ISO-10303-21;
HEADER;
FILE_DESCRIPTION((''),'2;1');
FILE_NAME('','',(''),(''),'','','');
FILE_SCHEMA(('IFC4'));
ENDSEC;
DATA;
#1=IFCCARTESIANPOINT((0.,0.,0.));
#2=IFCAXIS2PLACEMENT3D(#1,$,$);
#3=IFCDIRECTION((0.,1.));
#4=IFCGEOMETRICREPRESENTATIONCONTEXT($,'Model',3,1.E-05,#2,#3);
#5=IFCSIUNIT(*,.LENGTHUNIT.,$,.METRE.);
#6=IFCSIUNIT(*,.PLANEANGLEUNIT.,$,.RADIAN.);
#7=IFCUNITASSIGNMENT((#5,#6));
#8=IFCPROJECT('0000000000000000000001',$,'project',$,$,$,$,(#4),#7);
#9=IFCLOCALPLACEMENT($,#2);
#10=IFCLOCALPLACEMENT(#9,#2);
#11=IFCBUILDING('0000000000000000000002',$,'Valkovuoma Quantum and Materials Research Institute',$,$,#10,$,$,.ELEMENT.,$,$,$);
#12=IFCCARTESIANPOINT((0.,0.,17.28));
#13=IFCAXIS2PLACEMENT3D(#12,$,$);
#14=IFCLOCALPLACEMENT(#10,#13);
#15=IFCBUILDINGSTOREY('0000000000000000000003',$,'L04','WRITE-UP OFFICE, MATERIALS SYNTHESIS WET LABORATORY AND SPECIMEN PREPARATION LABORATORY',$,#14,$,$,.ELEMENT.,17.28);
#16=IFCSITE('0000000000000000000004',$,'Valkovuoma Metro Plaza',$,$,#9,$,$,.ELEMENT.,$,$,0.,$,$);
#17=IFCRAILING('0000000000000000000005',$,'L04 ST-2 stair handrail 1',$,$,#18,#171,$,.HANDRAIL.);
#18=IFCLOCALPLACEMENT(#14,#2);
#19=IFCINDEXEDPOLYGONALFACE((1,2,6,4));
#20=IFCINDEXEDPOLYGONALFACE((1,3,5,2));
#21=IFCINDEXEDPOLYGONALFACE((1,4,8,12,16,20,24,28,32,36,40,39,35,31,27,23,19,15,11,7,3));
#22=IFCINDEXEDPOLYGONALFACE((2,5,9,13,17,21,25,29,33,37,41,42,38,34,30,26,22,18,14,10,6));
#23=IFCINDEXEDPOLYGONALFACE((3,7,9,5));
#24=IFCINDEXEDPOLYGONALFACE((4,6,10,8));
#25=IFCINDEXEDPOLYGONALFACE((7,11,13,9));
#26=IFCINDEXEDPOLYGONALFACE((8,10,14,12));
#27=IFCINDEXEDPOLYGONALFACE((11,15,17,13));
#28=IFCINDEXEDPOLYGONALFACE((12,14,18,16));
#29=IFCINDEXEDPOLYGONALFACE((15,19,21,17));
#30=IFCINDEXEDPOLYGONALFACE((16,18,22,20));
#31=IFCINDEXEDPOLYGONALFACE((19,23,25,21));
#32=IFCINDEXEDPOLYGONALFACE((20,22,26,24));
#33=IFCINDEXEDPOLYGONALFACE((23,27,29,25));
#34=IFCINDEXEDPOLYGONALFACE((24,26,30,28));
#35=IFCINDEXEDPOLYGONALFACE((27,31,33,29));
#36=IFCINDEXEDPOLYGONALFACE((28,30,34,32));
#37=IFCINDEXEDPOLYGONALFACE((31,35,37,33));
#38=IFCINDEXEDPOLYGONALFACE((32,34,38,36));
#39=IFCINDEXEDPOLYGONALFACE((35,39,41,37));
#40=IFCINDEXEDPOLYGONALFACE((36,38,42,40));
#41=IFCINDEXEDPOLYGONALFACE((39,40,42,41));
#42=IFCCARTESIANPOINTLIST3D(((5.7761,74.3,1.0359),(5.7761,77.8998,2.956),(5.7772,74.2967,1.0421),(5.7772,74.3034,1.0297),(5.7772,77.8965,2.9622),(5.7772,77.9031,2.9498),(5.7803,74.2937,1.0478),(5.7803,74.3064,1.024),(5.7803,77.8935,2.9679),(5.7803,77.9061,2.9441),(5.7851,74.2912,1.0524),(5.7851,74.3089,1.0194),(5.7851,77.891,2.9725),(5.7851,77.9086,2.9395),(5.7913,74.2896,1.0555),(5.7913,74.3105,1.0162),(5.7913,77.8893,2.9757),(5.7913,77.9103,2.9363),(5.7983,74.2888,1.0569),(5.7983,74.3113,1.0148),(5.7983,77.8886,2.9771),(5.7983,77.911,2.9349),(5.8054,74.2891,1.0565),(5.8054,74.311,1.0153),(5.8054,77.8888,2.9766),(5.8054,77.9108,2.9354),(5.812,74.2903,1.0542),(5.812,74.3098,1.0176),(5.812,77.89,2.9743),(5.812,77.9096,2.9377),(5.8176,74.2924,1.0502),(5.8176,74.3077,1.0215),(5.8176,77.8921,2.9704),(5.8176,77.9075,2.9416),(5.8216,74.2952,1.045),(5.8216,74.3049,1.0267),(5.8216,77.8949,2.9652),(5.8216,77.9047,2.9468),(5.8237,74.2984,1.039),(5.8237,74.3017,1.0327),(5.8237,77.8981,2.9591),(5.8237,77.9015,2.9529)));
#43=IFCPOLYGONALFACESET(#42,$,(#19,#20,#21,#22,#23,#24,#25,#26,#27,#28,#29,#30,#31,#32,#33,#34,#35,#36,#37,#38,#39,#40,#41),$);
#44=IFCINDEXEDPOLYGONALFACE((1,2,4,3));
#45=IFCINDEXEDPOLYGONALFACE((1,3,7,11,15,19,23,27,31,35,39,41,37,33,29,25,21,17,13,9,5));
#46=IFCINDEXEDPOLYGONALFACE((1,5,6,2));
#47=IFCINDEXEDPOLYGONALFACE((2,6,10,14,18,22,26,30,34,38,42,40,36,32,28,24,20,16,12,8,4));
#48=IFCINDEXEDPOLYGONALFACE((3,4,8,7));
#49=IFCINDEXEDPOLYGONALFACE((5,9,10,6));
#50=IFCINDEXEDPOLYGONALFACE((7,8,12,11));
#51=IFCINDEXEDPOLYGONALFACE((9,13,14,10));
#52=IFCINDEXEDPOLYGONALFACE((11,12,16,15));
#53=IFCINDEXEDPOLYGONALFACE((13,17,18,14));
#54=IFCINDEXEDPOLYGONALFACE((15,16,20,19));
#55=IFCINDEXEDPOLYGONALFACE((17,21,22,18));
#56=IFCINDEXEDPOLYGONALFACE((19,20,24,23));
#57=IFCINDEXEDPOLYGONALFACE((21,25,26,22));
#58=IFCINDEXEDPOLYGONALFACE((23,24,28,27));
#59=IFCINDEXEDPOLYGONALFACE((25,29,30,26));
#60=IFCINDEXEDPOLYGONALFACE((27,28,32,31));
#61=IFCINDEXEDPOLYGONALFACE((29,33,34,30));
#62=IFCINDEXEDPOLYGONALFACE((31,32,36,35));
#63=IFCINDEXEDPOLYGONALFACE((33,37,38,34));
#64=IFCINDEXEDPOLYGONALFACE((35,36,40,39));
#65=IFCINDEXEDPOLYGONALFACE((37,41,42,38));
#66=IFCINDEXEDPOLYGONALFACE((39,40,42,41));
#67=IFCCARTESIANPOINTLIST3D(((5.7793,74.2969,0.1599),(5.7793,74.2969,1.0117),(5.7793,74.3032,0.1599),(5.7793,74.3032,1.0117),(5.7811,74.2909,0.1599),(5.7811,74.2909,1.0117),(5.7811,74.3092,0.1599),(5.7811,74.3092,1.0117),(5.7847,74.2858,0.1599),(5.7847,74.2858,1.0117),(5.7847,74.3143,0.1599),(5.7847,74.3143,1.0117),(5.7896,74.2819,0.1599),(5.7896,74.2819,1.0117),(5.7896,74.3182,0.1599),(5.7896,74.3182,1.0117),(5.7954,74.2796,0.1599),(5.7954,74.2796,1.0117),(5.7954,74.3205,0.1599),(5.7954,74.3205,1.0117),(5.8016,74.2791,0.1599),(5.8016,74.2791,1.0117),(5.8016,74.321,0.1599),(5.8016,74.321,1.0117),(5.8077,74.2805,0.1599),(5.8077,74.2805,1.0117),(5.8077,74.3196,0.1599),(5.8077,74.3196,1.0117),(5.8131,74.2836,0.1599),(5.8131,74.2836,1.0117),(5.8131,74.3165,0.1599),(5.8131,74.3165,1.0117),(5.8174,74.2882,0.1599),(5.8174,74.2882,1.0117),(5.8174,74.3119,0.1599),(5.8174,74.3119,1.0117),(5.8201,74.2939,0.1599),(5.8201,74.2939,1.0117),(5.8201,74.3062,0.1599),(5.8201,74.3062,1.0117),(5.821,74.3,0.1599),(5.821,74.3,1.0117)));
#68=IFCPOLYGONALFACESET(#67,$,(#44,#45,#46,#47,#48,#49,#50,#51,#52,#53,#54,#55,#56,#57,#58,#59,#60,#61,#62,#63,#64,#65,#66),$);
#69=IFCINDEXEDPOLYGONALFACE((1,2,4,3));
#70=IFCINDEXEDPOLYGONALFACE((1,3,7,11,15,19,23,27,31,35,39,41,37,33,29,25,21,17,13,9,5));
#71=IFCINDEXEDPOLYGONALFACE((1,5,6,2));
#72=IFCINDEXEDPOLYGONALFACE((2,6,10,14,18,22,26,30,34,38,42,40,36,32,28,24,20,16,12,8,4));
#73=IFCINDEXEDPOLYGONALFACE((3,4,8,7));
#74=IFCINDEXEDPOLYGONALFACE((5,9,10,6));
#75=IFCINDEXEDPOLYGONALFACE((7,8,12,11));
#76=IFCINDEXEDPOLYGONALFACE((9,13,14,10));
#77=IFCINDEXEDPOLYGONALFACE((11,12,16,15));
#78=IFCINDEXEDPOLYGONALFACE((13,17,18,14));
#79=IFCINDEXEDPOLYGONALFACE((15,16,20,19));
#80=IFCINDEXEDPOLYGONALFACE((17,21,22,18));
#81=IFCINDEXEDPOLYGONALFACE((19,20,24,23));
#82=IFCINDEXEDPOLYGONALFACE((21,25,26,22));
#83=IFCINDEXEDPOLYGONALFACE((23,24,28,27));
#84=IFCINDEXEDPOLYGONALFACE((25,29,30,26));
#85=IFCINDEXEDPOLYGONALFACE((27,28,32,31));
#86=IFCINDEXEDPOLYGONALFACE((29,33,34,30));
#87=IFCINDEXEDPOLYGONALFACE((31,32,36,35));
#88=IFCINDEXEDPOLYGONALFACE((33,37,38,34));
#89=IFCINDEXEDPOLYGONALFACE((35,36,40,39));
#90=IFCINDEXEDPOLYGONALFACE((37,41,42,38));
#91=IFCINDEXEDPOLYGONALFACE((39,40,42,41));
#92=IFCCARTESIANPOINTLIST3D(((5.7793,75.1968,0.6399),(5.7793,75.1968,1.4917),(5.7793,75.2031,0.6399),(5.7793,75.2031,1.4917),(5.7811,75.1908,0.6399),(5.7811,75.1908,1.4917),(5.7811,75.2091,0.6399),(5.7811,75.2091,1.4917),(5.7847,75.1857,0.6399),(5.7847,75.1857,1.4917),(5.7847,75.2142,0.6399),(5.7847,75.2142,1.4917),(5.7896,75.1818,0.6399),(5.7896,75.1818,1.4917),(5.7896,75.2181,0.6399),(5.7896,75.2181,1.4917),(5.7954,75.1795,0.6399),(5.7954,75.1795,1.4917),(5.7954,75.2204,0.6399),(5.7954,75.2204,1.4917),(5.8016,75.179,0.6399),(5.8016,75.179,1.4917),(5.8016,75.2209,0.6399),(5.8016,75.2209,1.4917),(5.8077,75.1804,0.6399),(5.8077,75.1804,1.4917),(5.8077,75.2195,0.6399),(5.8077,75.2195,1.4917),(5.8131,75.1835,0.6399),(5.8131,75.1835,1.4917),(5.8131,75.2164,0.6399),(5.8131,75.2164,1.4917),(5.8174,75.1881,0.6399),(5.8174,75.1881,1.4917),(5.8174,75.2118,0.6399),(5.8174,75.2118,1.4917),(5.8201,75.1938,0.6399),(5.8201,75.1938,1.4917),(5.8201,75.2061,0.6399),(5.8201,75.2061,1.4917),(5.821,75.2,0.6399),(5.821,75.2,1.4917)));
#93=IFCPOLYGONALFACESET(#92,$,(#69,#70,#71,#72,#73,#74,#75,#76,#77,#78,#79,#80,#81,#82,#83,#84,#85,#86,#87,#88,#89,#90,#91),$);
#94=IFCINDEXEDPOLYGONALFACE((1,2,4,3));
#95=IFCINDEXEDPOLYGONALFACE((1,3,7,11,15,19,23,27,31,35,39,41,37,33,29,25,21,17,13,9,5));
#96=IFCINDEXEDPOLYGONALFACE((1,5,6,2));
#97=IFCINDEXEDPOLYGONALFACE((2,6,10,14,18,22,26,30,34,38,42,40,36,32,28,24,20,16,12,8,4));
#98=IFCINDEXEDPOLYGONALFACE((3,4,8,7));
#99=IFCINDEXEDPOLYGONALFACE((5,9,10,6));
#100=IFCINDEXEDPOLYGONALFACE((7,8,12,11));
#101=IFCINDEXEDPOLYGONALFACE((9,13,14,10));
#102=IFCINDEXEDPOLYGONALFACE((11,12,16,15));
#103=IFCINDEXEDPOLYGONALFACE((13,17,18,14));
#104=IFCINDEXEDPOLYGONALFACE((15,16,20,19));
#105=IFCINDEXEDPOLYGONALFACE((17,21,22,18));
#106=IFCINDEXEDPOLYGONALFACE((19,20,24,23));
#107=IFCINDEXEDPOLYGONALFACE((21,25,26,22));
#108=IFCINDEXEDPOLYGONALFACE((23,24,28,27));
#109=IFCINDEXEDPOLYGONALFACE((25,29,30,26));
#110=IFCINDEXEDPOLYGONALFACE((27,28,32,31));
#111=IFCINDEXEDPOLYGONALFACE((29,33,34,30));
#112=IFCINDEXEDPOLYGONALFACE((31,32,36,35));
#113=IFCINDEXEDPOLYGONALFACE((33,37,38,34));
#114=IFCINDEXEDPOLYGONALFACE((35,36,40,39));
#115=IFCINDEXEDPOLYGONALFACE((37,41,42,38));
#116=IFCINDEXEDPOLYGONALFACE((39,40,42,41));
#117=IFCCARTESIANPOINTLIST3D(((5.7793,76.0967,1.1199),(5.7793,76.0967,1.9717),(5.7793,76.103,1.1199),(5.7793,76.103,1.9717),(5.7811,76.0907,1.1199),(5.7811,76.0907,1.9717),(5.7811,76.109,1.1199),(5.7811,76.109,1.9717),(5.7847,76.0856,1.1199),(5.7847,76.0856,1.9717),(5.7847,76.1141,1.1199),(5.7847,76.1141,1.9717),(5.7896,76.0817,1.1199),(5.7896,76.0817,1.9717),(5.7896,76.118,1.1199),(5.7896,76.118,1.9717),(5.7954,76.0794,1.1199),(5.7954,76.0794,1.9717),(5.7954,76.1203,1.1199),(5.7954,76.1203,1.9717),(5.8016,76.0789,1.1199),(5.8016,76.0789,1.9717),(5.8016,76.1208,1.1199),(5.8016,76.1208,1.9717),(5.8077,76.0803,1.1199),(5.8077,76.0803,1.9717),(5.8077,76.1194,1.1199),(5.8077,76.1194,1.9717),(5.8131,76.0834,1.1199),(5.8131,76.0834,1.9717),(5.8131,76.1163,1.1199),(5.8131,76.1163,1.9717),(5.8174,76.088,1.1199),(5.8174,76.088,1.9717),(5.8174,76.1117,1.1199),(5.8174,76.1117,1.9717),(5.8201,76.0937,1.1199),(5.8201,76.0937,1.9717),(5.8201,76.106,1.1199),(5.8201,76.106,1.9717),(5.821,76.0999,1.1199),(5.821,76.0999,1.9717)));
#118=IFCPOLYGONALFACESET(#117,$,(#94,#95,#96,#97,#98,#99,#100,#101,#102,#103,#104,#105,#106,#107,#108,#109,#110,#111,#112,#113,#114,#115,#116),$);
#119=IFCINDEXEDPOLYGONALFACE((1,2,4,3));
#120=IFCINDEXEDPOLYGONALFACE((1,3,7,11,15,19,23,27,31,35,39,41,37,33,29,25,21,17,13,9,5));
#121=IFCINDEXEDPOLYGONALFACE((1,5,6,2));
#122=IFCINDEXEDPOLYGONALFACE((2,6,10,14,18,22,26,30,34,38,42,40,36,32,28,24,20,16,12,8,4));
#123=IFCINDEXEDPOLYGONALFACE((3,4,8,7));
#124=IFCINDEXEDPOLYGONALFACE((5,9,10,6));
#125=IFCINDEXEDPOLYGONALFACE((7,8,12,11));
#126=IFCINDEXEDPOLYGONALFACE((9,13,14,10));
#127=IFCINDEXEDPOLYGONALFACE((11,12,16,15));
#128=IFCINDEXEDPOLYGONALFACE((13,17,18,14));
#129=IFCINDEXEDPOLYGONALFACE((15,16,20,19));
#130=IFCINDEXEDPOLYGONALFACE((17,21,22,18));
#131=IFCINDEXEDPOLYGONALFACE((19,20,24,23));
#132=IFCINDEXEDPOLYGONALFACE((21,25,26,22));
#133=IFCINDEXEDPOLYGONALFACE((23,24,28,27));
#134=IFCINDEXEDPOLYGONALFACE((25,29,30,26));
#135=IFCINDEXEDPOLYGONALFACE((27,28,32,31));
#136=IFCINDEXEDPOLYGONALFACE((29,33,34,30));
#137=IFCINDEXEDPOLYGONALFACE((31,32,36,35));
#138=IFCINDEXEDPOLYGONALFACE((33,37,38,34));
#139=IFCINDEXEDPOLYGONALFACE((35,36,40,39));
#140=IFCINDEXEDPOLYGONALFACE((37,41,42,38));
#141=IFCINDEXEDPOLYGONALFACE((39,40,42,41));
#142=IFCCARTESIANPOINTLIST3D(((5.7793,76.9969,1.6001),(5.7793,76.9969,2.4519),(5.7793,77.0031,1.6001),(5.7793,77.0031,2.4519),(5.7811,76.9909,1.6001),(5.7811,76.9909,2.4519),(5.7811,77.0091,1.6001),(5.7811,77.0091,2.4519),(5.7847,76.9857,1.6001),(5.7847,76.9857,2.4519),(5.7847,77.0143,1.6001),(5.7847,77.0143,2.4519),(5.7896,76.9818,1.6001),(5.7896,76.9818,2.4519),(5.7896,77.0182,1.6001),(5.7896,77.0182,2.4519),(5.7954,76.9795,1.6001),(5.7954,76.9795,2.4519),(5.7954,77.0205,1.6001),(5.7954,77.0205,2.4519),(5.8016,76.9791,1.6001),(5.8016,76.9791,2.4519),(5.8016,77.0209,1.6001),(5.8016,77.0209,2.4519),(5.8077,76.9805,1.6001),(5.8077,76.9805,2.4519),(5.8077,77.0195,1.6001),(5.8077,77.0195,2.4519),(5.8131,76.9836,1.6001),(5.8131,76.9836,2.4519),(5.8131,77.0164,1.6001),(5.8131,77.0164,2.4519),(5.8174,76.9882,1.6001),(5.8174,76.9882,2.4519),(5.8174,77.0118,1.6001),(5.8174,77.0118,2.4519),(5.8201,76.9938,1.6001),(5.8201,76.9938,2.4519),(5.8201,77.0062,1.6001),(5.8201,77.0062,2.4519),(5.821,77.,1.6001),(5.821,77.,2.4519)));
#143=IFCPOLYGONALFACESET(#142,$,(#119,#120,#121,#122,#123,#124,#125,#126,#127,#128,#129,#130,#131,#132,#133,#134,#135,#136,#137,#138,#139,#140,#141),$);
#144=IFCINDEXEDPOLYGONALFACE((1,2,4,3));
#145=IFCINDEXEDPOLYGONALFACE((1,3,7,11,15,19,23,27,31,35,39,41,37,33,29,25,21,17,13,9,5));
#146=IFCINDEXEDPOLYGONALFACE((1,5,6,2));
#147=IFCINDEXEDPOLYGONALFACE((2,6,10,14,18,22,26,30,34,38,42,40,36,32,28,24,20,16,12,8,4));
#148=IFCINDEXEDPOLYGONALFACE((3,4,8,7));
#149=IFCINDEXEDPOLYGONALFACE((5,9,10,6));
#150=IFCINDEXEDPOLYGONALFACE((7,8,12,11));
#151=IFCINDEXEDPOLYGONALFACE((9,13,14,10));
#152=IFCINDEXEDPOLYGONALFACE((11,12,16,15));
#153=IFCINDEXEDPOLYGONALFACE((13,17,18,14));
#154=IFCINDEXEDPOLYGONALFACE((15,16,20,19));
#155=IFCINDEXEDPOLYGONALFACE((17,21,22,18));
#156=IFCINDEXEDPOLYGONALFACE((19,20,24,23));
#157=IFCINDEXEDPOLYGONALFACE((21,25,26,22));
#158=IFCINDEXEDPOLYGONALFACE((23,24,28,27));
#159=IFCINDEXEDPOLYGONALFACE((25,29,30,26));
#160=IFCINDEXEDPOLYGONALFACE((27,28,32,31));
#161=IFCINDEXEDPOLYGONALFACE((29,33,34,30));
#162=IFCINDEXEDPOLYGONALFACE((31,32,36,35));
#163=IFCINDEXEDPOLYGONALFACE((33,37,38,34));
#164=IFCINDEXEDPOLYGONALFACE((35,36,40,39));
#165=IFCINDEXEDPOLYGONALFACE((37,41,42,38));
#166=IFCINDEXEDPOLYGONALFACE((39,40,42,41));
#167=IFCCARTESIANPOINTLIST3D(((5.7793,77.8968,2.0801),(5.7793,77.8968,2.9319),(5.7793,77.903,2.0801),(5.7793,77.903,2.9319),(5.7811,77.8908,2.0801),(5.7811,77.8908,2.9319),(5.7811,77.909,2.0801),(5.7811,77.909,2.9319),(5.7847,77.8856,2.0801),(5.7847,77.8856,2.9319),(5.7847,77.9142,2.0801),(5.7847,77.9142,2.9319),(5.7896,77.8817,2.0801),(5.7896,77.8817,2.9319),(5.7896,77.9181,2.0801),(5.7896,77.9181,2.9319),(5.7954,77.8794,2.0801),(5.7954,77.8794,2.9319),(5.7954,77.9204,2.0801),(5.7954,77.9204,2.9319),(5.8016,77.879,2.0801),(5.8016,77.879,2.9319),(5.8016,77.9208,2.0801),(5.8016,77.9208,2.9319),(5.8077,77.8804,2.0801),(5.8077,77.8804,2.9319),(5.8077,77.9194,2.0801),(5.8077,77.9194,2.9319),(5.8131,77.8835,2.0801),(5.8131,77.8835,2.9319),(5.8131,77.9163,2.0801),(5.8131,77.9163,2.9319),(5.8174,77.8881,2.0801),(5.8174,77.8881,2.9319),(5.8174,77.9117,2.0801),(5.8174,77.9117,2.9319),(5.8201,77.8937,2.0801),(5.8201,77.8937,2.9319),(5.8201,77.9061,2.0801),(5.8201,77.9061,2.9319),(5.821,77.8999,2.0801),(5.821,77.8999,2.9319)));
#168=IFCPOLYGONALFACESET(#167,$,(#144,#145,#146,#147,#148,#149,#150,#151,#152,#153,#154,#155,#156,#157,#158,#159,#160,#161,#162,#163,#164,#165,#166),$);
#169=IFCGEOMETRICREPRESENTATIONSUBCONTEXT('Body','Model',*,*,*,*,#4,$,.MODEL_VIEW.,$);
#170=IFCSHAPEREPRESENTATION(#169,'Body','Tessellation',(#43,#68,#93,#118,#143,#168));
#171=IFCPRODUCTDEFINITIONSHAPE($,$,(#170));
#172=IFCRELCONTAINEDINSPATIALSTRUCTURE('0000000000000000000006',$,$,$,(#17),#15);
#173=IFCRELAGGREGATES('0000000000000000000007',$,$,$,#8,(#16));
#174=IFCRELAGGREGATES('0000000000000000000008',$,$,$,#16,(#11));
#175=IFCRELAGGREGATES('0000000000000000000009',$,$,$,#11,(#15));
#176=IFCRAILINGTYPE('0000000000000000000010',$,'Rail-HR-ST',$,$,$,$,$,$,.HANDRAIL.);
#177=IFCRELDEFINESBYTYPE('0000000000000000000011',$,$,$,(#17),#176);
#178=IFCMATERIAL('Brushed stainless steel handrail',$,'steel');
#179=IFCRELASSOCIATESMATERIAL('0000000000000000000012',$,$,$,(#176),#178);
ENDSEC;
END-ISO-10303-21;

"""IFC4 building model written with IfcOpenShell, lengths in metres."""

from ifc_helpers import new_model, si_unit, direction, frame, origin, origin_2d, place, context, subcontext, project, spatial, circle, extrude, material, type_object, element, save


model = new_model("IFC4")

# Units and contexts
model_context = context("Model", 3, precision=1e-05, world=origin(), true_north=direction((0.0, 1.0)))
body_context = subcontext(model_context, "Body", "Model", "MODEL_VIEW")
ifc_project = project(units=[si_unit("LENGTHUNIT", "METRE"), si_unit("PLANEANGLEUNIT", "RADIAN")], contexts=[model_context])

# Site, building, storey
site_placement = place(None, origin())
site = spatial("IfcSite", under=ifc_project, at=site_placement, Name="Valkovuoma Metro Plaza", CompositionType="ELEMENT", RefElevation=0.0)
building_placement = place(site_placement, origin())
building = spatial("IfcBuilding", under=site, at=building_placement, Name="Valkovuoma Quantum and Materials Research Institute", CompositionType="ELEMENT")
storey_placement = place(building_placement, frame((0.0, 0.0, 17.28)))
storey = spatial("IfcBuildingStorey", under=building, at=storey_placement, Name="L04", Description="WRITE-UP OFFICE, MATERIALS SYNTHESIS WET LABORATORY AND SPECIMEN PREPARATION LABORATORY", CompositionType="ELEMENT", Elevation=17.28)

# Railing
ifc_material_1 = material(Name="Brushed stainless steel handrail", Category="steel")
railing_type_1 = type_object("IfcRailingType", Name="Rail-HR-ST", PredefinedType="HANDRAIL", material=ifc_material_1)
railing_1_placement = place(storey_placement, frame((5.8, 74.3, 0.1599)))
element("IfcRailing", 1, at=railing_1_placement, inside=storey, type_object=railing_type_1, Name="L04 ST-2 stair handrail 1", PredefinedType="HANDRAIL", context=body_context, shape_type="SweptSolid", body=[
    extrude(circle(Radius=0.0239, at=origin_2d()), frame((0.0, 0.0, 0.876), z_axis=(0.0, 0.882328, 0.470635), x_axis=(-1.0, 0.0, 0.0)), (0.0, 0.0, 1.0), 4.0798),
    extrude(circle(Radius=0.021, at=origin_2d()), origin(), (0.0, 0.0, 1.0), 0.8518),
    extrude(circle(Radius=0.021, at=origin_2d()), frame((0.0, 0.8999, 0.48)), (0.0, 0.0, 1.0), 0.8518),
    extrude(circle(Radius=0.021, at=origin_2d()), frame((0.0, 1.7998, 0.96)), (0.0, 0.0, 1.0), 0.8518),
    extrude(circle(Radius=0.021, at=origin_2d()), frame((0.0, 2.7, 1.4402)), (0.0, 0.0, 1.0), 0.8518),
    extrude(circle(Radius=0.021, at=origin_2d()), frame((0.0, 3.5999, 1.9202)), (0.0, 0.0, 1.0), 0.8518),
])

save(model, "model.ifc")
